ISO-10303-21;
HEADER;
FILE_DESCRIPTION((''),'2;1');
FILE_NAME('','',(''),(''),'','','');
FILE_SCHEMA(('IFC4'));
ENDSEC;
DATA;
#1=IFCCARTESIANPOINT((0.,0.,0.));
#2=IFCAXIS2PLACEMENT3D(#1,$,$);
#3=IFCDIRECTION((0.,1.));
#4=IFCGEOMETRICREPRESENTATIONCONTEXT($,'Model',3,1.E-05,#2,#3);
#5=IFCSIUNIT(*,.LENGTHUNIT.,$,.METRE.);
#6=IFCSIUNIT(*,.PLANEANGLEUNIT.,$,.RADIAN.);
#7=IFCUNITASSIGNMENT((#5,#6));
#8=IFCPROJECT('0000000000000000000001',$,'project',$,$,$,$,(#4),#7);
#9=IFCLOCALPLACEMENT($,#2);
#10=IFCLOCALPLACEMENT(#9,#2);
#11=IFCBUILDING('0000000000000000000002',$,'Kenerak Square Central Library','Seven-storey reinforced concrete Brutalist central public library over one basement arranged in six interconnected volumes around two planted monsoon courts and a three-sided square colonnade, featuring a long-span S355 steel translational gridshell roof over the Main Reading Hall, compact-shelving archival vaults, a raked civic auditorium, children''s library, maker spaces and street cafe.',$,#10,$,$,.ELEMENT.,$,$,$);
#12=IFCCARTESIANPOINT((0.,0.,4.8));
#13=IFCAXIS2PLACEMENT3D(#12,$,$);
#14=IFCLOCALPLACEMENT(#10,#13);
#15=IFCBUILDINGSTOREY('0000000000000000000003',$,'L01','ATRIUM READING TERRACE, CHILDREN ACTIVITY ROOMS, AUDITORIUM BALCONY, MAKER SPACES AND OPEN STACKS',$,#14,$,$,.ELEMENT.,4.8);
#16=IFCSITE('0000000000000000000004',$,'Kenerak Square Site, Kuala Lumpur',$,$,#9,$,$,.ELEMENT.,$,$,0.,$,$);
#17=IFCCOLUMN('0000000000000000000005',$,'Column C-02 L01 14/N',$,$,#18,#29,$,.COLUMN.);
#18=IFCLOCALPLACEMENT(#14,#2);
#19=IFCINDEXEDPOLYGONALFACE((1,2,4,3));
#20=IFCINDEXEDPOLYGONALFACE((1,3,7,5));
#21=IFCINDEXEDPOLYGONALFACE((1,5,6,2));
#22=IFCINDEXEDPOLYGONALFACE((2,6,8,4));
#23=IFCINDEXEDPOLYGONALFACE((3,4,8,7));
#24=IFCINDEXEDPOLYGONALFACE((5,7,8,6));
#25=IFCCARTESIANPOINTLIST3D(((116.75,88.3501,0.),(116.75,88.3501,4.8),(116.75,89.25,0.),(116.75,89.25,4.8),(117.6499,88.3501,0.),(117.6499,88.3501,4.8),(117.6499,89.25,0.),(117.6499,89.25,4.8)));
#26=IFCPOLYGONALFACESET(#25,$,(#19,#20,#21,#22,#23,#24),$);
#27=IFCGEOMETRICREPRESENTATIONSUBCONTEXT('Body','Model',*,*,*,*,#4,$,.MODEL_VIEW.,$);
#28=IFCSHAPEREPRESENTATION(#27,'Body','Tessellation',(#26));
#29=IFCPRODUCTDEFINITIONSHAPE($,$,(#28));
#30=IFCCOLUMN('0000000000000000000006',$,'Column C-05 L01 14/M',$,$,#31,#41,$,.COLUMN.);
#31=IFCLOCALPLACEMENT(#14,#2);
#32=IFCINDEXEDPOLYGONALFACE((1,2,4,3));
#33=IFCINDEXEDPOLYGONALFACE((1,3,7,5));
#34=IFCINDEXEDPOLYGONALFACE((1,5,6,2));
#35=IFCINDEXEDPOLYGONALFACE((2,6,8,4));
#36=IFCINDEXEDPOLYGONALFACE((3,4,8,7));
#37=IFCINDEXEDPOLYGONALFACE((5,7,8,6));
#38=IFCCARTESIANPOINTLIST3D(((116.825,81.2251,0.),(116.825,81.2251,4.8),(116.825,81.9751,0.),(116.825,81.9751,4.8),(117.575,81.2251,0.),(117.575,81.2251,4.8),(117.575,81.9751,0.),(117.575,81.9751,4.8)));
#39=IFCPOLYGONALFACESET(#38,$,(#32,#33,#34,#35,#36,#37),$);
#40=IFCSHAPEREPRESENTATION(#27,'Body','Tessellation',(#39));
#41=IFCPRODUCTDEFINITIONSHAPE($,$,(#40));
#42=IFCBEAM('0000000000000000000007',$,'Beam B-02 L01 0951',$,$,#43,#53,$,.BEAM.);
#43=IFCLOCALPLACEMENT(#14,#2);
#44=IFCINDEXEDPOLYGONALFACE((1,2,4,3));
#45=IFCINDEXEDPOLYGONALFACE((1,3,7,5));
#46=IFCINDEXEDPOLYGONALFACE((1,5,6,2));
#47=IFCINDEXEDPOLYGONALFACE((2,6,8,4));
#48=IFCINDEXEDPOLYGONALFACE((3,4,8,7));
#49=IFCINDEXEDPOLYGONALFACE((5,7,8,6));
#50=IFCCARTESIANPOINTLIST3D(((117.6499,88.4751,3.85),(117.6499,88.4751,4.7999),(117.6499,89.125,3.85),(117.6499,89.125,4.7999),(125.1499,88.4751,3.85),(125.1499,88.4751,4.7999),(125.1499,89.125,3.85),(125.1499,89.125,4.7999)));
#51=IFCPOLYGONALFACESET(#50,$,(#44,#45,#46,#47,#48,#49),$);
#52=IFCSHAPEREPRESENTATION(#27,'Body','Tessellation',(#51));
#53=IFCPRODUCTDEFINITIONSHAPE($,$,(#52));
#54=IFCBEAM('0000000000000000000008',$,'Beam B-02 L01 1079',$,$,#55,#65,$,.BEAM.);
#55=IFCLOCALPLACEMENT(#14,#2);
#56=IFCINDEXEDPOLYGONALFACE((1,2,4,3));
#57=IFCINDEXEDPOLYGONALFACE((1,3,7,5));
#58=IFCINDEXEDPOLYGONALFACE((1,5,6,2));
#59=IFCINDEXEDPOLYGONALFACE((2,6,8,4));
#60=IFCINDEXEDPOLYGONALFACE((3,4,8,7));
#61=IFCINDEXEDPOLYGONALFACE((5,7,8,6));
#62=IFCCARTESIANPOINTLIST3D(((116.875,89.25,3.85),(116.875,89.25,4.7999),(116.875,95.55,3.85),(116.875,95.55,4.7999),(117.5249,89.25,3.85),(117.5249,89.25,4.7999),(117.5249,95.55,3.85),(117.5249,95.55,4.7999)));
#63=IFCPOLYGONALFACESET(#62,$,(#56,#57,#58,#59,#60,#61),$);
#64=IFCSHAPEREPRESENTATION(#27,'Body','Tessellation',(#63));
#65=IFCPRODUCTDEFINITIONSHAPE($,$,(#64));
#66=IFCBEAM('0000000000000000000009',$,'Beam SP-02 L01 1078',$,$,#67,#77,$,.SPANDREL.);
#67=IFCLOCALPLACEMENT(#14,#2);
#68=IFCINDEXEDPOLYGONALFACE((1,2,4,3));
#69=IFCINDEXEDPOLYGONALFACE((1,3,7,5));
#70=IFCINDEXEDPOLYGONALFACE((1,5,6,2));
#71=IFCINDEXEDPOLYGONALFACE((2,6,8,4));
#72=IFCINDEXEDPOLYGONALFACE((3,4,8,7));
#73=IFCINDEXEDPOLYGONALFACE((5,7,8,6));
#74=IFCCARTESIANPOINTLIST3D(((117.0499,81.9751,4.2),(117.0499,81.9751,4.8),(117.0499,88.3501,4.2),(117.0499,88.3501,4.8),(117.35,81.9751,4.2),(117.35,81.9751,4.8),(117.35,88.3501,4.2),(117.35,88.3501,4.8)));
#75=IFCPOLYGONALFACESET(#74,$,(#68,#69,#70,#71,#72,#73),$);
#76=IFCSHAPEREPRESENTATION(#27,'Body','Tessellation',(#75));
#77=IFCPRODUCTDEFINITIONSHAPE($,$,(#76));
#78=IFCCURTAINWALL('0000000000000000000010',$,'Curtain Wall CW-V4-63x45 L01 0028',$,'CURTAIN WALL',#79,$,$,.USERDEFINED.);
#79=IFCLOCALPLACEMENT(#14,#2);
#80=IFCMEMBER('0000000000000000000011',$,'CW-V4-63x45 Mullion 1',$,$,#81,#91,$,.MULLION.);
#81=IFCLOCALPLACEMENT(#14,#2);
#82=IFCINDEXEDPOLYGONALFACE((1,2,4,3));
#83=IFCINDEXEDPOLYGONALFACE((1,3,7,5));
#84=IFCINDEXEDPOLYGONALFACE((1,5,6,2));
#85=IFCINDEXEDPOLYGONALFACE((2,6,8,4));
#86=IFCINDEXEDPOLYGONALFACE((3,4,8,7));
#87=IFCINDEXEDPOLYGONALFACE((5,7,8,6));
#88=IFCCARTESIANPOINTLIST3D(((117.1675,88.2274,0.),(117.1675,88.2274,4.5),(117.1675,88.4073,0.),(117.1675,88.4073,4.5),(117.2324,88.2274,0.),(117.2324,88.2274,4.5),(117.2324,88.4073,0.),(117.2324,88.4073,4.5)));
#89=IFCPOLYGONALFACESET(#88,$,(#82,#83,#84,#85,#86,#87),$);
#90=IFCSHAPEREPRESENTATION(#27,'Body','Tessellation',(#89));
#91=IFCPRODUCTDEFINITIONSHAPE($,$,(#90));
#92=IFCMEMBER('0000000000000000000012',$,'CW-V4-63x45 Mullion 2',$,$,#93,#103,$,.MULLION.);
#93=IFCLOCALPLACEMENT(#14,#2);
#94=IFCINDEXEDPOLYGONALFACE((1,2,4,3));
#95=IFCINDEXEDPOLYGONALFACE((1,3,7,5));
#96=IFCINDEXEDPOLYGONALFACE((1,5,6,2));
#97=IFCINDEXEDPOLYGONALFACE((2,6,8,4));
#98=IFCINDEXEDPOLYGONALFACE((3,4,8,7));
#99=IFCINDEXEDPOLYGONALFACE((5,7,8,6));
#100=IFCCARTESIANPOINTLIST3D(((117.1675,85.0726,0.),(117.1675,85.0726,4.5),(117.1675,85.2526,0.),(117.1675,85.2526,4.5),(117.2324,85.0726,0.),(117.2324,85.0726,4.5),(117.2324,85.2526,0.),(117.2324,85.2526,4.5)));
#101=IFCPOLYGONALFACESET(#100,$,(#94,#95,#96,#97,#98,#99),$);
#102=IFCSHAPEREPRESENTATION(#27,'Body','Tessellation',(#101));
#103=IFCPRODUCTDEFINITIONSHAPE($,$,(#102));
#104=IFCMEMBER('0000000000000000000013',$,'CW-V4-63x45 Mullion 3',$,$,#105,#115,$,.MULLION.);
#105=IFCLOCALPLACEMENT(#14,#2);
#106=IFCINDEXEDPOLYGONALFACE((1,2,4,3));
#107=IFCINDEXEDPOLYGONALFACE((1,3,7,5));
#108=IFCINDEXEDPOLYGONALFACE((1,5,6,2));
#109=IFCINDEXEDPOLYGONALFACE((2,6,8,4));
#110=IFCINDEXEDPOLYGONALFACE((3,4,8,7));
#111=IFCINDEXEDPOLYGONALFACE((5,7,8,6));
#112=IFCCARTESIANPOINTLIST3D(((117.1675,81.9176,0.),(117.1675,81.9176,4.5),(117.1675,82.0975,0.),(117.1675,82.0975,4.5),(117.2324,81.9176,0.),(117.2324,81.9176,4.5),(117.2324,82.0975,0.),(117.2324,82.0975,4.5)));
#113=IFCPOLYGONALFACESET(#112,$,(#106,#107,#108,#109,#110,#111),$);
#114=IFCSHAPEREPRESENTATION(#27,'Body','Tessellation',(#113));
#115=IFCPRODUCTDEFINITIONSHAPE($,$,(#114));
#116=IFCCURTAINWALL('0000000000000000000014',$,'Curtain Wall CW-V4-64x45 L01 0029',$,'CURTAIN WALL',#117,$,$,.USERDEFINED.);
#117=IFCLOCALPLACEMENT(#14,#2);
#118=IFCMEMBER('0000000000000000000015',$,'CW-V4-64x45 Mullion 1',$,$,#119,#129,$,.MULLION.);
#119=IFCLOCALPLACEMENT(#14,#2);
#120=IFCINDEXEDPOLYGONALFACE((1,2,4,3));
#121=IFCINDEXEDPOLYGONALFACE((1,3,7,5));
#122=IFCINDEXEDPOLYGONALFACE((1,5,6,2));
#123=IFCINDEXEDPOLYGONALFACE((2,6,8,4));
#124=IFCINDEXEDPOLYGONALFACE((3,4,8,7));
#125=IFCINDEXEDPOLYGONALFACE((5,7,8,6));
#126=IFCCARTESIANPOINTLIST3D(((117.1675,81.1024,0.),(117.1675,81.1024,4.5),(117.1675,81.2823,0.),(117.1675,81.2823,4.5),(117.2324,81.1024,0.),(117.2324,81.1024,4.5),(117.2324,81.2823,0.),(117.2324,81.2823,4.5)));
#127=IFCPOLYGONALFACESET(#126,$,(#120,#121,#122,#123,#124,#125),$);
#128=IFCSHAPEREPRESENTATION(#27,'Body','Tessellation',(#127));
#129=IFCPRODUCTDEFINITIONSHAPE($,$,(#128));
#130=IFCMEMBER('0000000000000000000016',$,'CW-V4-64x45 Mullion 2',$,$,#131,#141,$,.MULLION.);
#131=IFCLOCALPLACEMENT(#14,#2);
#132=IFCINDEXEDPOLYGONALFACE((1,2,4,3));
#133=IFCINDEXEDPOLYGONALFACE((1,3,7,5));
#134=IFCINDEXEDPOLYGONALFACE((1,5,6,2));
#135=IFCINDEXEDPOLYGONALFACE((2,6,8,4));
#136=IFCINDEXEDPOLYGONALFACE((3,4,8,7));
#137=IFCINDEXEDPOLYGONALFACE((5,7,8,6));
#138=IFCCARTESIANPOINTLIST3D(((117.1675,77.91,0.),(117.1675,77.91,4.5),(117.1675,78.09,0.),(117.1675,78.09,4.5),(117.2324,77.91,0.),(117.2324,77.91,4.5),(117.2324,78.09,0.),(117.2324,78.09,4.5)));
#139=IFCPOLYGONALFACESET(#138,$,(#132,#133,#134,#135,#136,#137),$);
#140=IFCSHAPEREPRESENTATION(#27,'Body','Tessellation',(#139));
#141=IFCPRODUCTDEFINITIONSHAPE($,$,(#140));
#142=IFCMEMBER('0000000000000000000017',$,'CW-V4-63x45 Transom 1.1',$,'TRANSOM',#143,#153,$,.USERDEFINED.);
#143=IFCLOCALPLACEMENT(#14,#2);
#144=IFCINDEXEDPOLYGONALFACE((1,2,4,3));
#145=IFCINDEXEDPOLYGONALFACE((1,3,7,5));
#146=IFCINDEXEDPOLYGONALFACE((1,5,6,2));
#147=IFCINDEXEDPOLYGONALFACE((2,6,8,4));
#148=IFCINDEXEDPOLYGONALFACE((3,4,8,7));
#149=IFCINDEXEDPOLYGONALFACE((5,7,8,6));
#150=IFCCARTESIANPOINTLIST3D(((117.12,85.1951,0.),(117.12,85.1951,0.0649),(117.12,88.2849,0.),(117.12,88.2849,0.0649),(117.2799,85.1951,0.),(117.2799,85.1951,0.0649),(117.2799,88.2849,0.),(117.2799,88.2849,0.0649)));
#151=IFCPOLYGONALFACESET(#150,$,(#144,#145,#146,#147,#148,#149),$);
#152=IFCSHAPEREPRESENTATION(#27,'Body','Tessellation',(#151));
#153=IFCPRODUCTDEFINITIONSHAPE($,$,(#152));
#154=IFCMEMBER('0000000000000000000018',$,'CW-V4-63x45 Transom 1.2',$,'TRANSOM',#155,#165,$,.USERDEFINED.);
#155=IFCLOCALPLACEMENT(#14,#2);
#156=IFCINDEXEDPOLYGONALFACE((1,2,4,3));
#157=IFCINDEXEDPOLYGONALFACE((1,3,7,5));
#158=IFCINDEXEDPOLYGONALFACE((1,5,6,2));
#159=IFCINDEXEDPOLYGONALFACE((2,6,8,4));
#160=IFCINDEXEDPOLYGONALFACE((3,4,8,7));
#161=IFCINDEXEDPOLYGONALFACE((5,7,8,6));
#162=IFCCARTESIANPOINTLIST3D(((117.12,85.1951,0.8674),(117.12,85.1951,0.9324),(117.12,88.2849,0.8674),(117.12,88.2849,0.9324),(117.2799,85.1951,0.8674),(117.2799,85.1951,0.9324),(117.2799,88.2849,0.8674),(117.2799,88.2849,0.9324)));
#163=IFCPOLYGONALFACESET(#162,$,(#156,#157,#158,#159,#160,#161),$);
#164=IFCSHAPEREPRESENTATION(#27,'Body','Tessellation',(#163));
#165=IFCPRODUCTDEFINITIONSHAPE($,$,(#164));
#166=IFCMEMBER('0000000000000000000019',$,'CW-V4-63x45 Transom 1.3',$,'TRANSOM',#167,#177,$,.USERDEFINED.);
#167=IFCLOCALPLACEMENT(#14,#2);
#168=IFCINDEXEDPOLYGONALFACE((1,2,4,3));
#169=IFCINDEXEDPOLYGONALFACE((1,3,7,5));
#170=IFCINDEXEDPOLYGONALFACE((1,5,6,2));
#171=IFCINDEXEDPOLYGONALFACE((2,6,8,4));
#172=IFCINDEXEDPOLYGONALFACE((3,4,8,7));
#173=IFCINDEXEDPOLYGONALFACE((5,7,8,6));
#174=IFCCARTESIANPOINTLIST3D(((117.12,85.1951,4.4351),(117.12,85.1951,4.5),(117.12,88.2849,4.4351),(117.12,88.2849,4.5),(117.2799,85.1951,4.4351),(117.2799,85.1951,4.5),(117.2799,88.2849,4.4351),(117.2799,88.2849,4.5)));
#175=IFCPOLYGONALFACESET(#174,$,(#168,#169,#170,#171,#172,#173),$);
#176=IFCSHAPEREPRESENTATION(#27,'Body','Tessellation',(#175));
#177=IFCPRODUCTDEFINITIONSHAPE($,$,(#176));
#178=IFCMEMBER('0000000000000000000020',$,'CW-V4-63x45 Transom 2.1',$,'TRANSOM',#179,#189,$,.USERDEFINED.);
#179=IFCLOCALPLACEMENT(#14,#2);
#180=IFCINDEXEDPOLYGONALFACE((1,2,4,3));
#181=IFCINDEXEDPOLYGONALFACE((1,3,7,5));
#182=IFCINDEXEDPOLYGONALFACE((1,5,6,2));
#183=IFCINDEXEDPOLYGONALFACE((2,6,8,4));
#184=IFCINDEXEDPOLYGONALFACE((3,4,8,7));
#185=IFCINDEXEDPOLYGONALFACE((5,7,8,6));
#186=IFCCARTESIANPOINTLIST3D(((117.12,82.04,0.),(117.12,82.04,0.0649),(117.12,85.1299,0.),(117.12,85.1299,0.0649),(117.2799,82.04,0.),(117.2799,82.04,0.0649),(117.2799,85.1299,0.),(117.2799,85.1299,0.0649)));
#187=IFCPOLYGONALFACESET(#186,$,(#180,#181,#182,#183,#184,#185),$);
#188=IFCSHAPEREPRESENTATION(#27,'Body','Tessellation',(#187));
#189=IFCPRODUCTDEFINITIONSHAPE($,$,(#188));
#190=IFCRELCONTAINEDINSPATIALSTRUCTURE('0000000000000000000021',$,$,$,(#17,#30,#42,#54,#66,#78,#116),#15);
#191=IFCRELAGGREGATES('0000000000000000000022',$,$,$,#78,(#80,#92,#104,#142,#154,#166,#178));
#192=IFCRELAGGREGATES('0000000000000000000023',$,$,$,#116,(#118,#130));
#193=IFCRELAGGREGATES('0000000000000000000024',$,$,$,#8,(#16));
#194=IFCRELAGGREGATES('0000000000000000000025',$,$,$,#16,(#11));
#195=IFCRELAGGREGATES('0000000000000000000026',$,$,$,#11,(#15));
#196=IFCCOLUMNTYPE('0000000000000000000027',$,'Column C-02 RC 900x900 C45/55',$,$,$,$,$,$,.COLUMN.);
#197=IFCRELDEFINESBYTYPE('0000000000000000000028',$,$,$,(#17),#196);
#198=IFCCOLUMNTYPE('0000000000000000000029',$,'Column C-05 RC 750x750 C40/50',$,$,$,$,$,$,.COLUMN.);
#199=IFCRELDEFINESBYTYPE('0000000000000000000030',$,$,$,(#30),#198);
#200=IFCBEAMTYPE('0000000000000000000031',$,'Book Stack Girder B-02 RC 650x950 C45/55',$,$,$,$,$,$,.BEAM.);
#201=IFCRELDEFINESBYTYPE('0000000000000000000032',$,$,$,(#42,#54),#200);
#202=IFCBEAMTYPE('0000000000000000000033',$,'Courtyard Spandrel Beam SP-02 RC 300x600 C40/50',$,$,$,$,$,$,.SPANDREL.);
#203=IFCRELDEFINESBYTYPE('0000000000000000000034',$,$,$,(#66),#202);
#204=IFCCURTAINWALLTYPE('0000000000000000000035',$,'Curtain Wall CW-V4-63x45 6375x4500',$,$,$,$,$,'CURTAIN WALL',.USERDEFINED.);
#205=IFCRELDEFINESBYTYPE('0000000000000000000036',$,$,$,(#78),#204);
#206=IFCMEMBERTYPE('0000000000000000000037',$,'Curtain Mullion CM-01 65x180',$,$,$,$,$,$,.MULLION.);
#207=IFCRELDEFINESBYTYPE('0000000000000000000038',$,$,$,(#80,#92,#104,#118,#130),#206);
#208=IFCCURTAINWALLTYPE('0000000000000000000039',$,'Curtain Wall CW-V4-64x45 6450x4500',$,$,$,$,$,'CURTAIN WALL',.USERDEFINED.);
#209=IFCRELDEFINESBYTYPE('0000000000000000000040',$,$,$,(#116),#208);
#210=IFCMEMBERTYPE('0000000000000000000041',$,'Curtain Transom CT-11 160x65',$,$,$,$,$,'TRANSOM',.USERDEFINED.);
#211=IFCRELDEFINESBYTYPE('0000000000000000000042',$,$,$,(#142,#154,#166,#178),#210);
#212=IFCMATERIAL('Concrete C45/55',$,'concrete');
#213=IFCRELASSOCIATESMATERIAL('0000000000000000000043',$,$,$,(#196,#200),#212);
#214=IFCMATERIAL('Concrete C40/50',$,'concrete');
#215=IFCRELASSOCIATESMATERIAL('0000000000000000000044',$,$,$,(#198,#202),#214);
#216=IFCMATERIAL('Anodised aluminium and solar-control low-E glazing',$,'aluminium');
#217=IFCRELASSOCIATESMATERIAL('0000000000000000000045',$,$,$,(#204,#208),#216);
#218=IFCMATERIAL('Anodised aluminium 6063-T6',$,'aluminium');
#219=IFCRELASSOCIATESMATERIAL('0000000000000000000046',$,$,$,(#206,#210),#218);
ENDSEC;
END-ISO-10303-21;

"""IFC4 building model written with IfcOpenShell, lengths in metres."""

from ifc_helpers import new_model, si_unit, direction, frame, origin, origin_2d, place, context, subcontext, project, spatial, rectangle, extrude, material, material_profile, profile_set, type_object, element, aggregate, save


model = new_model("IFC4")

# Units and contexts
model_context = context("Model", 3, precision=1e-05, world=origin(), true_north=direction((0.0, 1.0)))
body_context = subcontext(model_context, "Body", "Model", "MODEL_VIEW")
ifc_project = project(units=[si_unit("LENGTHUNIT", "METRE"), si_unit("PLANEANGLEUNIT", "RADIAN")], contexts=[model_context])

# Site, building, storey
site_placement = place(None, origin())
site = spatial("IfcSite", under=ifc_project, at=site_placement, Name="Kenerak Square Site, Kuala Lumpur", CompositionType="ELEMENT", RefElevation=0.0)
building_placement = place(site_placement, origin())
building = spatial("IfcBuilding", under=site, at=building_placement, Name="Kenerak Square Central Library", Description="Seven-storey reinforced concrete Brutalist central public library over one basement arranged in six interconnected volumes around two planted monsoon courts and a three-sided square colonnade, featuring a long-span S355 steel translational gridshell roof over the Main Reading Hall, compact-shelving archival vaults, a raked civic auditorium, children's library, maker spaces and street cafe.", CompositionType="ELEMENT")
storey_placement = place(building_placement, frame((0.0, 0.0, 4.8)))
storey = spatial("IfcBuildingStorey", under=building, at=storey_placement, Name="L01", Description="ATRIUM READING TERRACE, CHILDREN ACTIVITY ROOMS, AUDITORIUM BALCONY, MAKER SPACES AND OPEN STACKS", CompositionType="ELEMENT", Elevation=4.8)

# Columns
ifc_material_1 = material(Name="Concrete C45/55", Category="concrete")
ifc_material_profile_1 = material_profile(ifc_material_1, rectangle(XDim=0.8999, YDim=0.8999, at=origin_2d()), Name="RC 900x900")
ifc_profile_set_1 = profile_set([ifc_material_profile_1], Name="Concrete C45/55")
column_type_1 = type_object("IfcColumnType", Name="Column C-02 RC 900x900 C45/55", PredefinedType="COLUMN", material=ifc_profile_set_1)
column_1_placement = place(storey_placement, frame((117.2, 88.8, 0.0), z_axis=(0.0, 0.0, 1.0), x_axis=(1.0, 0.0, 0.0)))
element("IfcColumn", 1, at=column_1_placement, inside=storey, type_object=column_type_1, Name="Column C-02 L01 14/N", PredefinedType="COLUMN", context=body_context, shape_type="SweptSolid", body=[
    extrude(rectangle(XDim=0.8999, YDim=0.8999, at=origin_2d()), origin(), (0.0, 0.0, 1.0), 4.8),
])
ifc_material_2 = material(Name="Concrete C40/50", Category="concrete")
ifc_material_profile_2 = material_profile(ifc_material_2, rectangle(XDim=0.75, YDim=0.75, at=origin_2d()), Name="RC 750x750")
ifc_profile_set_2 = profile_set([ifc_material_profile_2], Name="Concrete C40/50")
column_type_2 = type_object("IfcColumnType", Name="Column C-05 RC 750x750 C40/50", PredefinedType="COLUMN", material=ifc_profile_set_2)
column_2_placement = place(storey_placement, frame((117.2, 81.6001, 0.0), z_axis=(0.0, 0.0, 1.0), x_axis=(1.0, 0.0, 0.0)))
element("IfcColumn", 2, at=column_2_placement, inside=storey, type_object=column_type_2, Name="Column C-05 L01 14/M", PredefinedType="COLUMN", context=body_context, shape_type="SweptSolid", body=[
    extrude(rectangle(XDim=0.75, YDim=0.75, at=origin_2d()), origin(), (0.0, 0.0, 1.0), 4.8),
])

# Beams
ifc_material_profile_3 = material_profile(ifc_material_1, rectangle(XDim=0.6499, YDim=0.95, at=origin_2d()), Name="RC 650x950")
ifc_profile_set_3 = profile_set([ifc_material_profile_3], Name="Concrete C45/55")
beam_type_1 = type_object("IfcBeamType", Name="Book Stack Girder B-02 RC 650x950 C45/55", PredefinedType="BEAM", material=ifc_profile_set_3)
beam_1_placement = place(storey_placement, frame((117.6499, 88.8, 4.325), z_axis=(1.0, 0.0, 0.0), x_axis=(0.0, 1.0, 0.0)))
element("IfcBeam", 3, at=beam_1_placement, inside=storey, type_object=beam_type_1, Name="Beam B-02 L01 0951", PredefinedType="BEAM", context=body_context, shape_type="SweptSolid", body=[
    extrude(rectangle(XDim=0.6499, YDim=0.95, at=origin_2d()), origin(), (0.0, 0.0, 1.0), 7.5),
])
beam_2_placement = place(storey_placement, frame((117.2, 89.25, 4.325), z_axis=(0.0, 1.0, 0.0), x_axis=(-1.0, 0.0, 0.0)))
element("IfcBeam", 4, at=beam_2_placement, inside=storey, type_object=beam_type_1, Name="Beam B-02 L01 1079", PredefinedType="BEAM", context=body_context, shape_type="SweptSolid", body=[
    extrude(rectangle(XDim=0.6499, YDim=0.95, at=origin_2d()), origin(), (0.0, 0.0, 1.0), 6.3),
])
ifc_material_profile_4 = material_profile(ifc_material_2, rectangle(XDim=0.3, YDim=0.6001, at=origin_2d()), Name="RC 300x600")
ifc_profile_set_4 = profile_set([ifc_material_profile_4], Name="Concrete C40/50")
beam_type_2 = type_object("IfcBeamType", Name="Courtyard Spandrel Beam SP-02 RC 300x600 C40/50", PredefinedType="SPANDREL", material=ifc_profile_set_4)
beam_3_placement = place(storey_placement, frame((117.2, 81.9751, 4.5), z_axis=(0.0, 1.0, 0.0), x_axis=(-1.0, 0.0, 0.0)))
element("IfcBeam", 5, at=beam_3_placement, inside=storey, type_object=beam_type_2, Name="Beam SP-02 L01 1078", PredefinedType="SPANDREL", context=body_context, shape_type="SweptSolid", body=[
    extrude(rectangle(XDim=0.3, YDim=0.6001, at=origin_2d()), origin(), (0.0, 0.0, 1.0), 6.375),
])

# Curtain walls, members
ifc_material_3 = material(Name="Anodised aluminium and solar-control low-E glazing", Category="aluminium")
curtain_wall_type_1 = type_object("IfcCurtainWallType", Name="Curtain Wall CW-V4-63x45 6375x4500", ElementType="CURTAIN WALL", PredefinedType="USERDEFINED", material=ifc_material_3)
curtain_wall_1_placement = place(storey_placement, origin())
curtain_wall_1 = element("IfcCurtainWall", 6, at=curtain_wall_1_placement, inside=storey, type_object=curtain_wall_type_1, Name="Curtain Wall CW-V4-63x45 L01 0028", ObjectType="CURTAIN WALL", PredefinedType="USERDEFINED")
ifc_material_4 = material(Name="Anodised aluminium 6063-T6", Category="aluminium")
ifc_material_profile_5 = material_profile(ifc_material_4, rectangle(XDim=0.0649, YDim=0.1799, at=origin_2d()), Name="AL MULLION 65x180")
ifc_profile_set_5 = profile_set([ifc_material_profile_5], Name="Anodised aluminium 6063-T6")
member_type_1 = type_object("IfcMemberType", Name="Curtain Mullion CM-01 65x180", PredefinedType="MULLION", material=ifc_profile_set_5)
member_1_placement = place(storey_placement, frame((117.2, 88.3174, 0.0), z_axis=(0.0, 0.0, 1.0), x_axis=(1.0, 0.0, 0.0)))
member_1 = element("IfcMember", 7, at=member_1_placement, type_object=member_type_1, Name="CW-V4-63x45 Mullion 1", PredefinedType="MULLION", context=body_context, shape_type="SweptSolid", body=[
    extrude(rectangle(XDim=0.0649, YDim=0.1799, at=origin_2d()), origin(), (0.0, 0.0, 1.0), 4.5),
])
member_2_placement = place(storey_placement, frame((117.2, 85.1626, 0.0), z_axis=(0.0, 0.0, 1.0), x_axis=(1.0, 0.0, 0.0)))
member_2 = element("IfcMember", 8, at=member_2_placement, type_object=member_type_1, Name="CW-V4-63x45 Mullion 2", PredefinedType="MULLION", context=body_context, shape_type="SweptSolid", body=[
    extrude(rectangle(XDim=0.0649, YDim=0.1799, at=origin_2d()), origin(), (0.0, 0.0, 1.0), 4.5),
])
member_3_placement = place(storey_placement, frame((117.2, 82.0076, 0.0), z_axis=(0.0, 0.0, 1.0), x_axis=(1.0, 0.0, 0.0)))
member_3 = element("IfcMember", 9, at=member_3_placement, type_object=member_type_1, Name="CW-V4-63x45 Mullion 3", PredefinedType="MULLION", context=body_context, shape_type="SweptSolid", body=[
    extrude(rectangle(XDim=0.0649, YDim=0.1799, at=origin_2d()), origin(), (0.0, 0.0, 1.0), 4.5),
])
curtain_wall_type_2 = type_object("IfcCurtainWallType", Name="Curtain Wall CW-V4-64x45 6450x4500", ElementType="CURTAIN WALL", PredefinedType="USERDEFINED", material=ifc_material_3)
curtain_wall_2_placement = place(storey_placement, origin())
curtain_wall_2 = element("IfcCurtainWall", 10, at=curtain_wall_2_placement, inside=storey, type_object=curtain_wall_type_2, Name="Curtain Wall CW-V4-64x45 L01 0029", ObjectType="CURTAIN WALL", PredefinedType="USERDEFINED")
member_4_placement = place(storey_placement, frame((117.2, 81.1924, 0.0), z_axis=(0.0, 0.0, 1.0), x_axis=(1.0, 0.0, 0.0)))
member_4 = element("IfcMember", 11, at=member_4_placement, type_object=member_type_1, Name="CW-V4-64x45 Mullion 1", PredefinedType="MULLION", context=body_context, shape_type="SweptSolid", body=[
    extrude(rectangle(XDim=0.0649, YDim=0.1799, at=origin_2d()), origin(), (0.0, 0.0, 1.0), 4.5),
])
member_5_placement = place(storey_placement, frame((117.2, 78.0, 0.0), z_axis=(0.0, 0.0, 1.0), x_axis=(1.0, 0.0, 0.0)))
member_5 = element("IfcMember", 12, at=member_5_placement, type_object=member_type_1, Name="CW-V4-64x45 Mullion 2", PredefinedType="MULLION", context=body_context, shape_type="SweptSolid", body=[
    extrude(rectangle(XDim=0.0649, YDim=0.1799, at=origin_2d()), origin(), (0.0, 0.0, 1.0), 4.5),
])

# Members
ifc_material_profile_6 = material_profile(ifc_material_4, rectangle(XDim=0.1599, YDim=0.0649, at=origin_2d()), Name="AL TRANSOM 160x65")
ifc_profile_set_6 = profile_set([ifc_material_profile_6], Name="Anodised aluminium 6063-T6")
member_type_2 = type_object("IfcMemberType", Name="Curtain Transom CT-11 160x65", ElementType="TRANSOM", PredefinedType="USERDEFINED", material=ifc_profile_set_6)
member_6_placement = place(storey_placement, frame((117.2, 88.2849, 0.0325), z_axis=(0.0, -1.0, 0.0), x_axis=(1.0, 0.0, 0.0)))
member_6 = element("IfcMember", 13, at=member_6_placement, type_object=member_type_2, Name="CW-V4-63x45 Transom 1.1", ObjectType="TRANSOM", PredefinedType="USERDEFINED", context=body_context, shape_type="SweptSolid", body=[
    extrude(rectangle(XDim=0.1599, YDim=0.0649, at=origin_2d()), origin(), (0.0, 0.0, 1.0), 3.0898),
])
member_7_placement = place(storey_placement, frame((117.2, 88.2849, 0.8999), z_axis=(0.0, -1.0, 0.0), x_axis=(1.0, 0.0, 0.0)))
member_7 = element("IfcMember", 14, at=member_7_placement, type_object=member_type_2, Name="CW-V4-63x45 Transom 1.2", ObjectType="TRANSOM", PredefinedType="USERDEFINED", context=body_context, shape_type="SweptSolid", body=[
    extrude(rectangle(XDim=0.1599, YDim=0.0649, at=origin_2d()), origin(), (0.0, 0.0, 1.0), 3.0898),
])
member_8_placement = place(storey_placement, frame((117.2, 88.2849, 4.4675), z_axis=(0.0, -1.0, 0.0), x_axis=(1.0, 0.0, 0.0)))
member_8 = element("IfcMember", 15, at=member_8_placement, type_object=member_type_2, Name="CW-V4-63x45 Transom 1.3", ObjectType="TRANSOM", PredefinedType="USERDEFINED", context=body_context, shape_type="SweptSolid", body=[
    extrude(rectangle(XDim=0.1599, YDim=0.0649, at=origin_2d()), origin(), (0.0, 0.0, 1.0), 3.0898),
])
member_9_placement = place(storey_placement, frame((117.2, 85.1299, 0.0325), z_axis=(0.0, -1.0, 0.0), x_axis=(1.0, 0.0, 0.0)))
member_9 = element("IfcMember", 16, at=member_9_placement, type_object=member_type_2, Name="CW-V4-63x45 Transom 2.1", ObjectType="TRANSOM", PredefinedType="USERDEFINED", context=body_context, shape_type="SweptSolid", body=[
    extrude(rectangle(XDim=0.1599, YDim=0.0649, at=origin_2d()), origin(), (0.0, 0.0, 1.0), 3.0898),
])

aggregate(curtain_wall_1, [member_1, member_2, member_3, member_6, member_7, member_8, member_9])
aggregate(curtain_wall_2, [member_4, member_5])

save(model, "model.ifc")
